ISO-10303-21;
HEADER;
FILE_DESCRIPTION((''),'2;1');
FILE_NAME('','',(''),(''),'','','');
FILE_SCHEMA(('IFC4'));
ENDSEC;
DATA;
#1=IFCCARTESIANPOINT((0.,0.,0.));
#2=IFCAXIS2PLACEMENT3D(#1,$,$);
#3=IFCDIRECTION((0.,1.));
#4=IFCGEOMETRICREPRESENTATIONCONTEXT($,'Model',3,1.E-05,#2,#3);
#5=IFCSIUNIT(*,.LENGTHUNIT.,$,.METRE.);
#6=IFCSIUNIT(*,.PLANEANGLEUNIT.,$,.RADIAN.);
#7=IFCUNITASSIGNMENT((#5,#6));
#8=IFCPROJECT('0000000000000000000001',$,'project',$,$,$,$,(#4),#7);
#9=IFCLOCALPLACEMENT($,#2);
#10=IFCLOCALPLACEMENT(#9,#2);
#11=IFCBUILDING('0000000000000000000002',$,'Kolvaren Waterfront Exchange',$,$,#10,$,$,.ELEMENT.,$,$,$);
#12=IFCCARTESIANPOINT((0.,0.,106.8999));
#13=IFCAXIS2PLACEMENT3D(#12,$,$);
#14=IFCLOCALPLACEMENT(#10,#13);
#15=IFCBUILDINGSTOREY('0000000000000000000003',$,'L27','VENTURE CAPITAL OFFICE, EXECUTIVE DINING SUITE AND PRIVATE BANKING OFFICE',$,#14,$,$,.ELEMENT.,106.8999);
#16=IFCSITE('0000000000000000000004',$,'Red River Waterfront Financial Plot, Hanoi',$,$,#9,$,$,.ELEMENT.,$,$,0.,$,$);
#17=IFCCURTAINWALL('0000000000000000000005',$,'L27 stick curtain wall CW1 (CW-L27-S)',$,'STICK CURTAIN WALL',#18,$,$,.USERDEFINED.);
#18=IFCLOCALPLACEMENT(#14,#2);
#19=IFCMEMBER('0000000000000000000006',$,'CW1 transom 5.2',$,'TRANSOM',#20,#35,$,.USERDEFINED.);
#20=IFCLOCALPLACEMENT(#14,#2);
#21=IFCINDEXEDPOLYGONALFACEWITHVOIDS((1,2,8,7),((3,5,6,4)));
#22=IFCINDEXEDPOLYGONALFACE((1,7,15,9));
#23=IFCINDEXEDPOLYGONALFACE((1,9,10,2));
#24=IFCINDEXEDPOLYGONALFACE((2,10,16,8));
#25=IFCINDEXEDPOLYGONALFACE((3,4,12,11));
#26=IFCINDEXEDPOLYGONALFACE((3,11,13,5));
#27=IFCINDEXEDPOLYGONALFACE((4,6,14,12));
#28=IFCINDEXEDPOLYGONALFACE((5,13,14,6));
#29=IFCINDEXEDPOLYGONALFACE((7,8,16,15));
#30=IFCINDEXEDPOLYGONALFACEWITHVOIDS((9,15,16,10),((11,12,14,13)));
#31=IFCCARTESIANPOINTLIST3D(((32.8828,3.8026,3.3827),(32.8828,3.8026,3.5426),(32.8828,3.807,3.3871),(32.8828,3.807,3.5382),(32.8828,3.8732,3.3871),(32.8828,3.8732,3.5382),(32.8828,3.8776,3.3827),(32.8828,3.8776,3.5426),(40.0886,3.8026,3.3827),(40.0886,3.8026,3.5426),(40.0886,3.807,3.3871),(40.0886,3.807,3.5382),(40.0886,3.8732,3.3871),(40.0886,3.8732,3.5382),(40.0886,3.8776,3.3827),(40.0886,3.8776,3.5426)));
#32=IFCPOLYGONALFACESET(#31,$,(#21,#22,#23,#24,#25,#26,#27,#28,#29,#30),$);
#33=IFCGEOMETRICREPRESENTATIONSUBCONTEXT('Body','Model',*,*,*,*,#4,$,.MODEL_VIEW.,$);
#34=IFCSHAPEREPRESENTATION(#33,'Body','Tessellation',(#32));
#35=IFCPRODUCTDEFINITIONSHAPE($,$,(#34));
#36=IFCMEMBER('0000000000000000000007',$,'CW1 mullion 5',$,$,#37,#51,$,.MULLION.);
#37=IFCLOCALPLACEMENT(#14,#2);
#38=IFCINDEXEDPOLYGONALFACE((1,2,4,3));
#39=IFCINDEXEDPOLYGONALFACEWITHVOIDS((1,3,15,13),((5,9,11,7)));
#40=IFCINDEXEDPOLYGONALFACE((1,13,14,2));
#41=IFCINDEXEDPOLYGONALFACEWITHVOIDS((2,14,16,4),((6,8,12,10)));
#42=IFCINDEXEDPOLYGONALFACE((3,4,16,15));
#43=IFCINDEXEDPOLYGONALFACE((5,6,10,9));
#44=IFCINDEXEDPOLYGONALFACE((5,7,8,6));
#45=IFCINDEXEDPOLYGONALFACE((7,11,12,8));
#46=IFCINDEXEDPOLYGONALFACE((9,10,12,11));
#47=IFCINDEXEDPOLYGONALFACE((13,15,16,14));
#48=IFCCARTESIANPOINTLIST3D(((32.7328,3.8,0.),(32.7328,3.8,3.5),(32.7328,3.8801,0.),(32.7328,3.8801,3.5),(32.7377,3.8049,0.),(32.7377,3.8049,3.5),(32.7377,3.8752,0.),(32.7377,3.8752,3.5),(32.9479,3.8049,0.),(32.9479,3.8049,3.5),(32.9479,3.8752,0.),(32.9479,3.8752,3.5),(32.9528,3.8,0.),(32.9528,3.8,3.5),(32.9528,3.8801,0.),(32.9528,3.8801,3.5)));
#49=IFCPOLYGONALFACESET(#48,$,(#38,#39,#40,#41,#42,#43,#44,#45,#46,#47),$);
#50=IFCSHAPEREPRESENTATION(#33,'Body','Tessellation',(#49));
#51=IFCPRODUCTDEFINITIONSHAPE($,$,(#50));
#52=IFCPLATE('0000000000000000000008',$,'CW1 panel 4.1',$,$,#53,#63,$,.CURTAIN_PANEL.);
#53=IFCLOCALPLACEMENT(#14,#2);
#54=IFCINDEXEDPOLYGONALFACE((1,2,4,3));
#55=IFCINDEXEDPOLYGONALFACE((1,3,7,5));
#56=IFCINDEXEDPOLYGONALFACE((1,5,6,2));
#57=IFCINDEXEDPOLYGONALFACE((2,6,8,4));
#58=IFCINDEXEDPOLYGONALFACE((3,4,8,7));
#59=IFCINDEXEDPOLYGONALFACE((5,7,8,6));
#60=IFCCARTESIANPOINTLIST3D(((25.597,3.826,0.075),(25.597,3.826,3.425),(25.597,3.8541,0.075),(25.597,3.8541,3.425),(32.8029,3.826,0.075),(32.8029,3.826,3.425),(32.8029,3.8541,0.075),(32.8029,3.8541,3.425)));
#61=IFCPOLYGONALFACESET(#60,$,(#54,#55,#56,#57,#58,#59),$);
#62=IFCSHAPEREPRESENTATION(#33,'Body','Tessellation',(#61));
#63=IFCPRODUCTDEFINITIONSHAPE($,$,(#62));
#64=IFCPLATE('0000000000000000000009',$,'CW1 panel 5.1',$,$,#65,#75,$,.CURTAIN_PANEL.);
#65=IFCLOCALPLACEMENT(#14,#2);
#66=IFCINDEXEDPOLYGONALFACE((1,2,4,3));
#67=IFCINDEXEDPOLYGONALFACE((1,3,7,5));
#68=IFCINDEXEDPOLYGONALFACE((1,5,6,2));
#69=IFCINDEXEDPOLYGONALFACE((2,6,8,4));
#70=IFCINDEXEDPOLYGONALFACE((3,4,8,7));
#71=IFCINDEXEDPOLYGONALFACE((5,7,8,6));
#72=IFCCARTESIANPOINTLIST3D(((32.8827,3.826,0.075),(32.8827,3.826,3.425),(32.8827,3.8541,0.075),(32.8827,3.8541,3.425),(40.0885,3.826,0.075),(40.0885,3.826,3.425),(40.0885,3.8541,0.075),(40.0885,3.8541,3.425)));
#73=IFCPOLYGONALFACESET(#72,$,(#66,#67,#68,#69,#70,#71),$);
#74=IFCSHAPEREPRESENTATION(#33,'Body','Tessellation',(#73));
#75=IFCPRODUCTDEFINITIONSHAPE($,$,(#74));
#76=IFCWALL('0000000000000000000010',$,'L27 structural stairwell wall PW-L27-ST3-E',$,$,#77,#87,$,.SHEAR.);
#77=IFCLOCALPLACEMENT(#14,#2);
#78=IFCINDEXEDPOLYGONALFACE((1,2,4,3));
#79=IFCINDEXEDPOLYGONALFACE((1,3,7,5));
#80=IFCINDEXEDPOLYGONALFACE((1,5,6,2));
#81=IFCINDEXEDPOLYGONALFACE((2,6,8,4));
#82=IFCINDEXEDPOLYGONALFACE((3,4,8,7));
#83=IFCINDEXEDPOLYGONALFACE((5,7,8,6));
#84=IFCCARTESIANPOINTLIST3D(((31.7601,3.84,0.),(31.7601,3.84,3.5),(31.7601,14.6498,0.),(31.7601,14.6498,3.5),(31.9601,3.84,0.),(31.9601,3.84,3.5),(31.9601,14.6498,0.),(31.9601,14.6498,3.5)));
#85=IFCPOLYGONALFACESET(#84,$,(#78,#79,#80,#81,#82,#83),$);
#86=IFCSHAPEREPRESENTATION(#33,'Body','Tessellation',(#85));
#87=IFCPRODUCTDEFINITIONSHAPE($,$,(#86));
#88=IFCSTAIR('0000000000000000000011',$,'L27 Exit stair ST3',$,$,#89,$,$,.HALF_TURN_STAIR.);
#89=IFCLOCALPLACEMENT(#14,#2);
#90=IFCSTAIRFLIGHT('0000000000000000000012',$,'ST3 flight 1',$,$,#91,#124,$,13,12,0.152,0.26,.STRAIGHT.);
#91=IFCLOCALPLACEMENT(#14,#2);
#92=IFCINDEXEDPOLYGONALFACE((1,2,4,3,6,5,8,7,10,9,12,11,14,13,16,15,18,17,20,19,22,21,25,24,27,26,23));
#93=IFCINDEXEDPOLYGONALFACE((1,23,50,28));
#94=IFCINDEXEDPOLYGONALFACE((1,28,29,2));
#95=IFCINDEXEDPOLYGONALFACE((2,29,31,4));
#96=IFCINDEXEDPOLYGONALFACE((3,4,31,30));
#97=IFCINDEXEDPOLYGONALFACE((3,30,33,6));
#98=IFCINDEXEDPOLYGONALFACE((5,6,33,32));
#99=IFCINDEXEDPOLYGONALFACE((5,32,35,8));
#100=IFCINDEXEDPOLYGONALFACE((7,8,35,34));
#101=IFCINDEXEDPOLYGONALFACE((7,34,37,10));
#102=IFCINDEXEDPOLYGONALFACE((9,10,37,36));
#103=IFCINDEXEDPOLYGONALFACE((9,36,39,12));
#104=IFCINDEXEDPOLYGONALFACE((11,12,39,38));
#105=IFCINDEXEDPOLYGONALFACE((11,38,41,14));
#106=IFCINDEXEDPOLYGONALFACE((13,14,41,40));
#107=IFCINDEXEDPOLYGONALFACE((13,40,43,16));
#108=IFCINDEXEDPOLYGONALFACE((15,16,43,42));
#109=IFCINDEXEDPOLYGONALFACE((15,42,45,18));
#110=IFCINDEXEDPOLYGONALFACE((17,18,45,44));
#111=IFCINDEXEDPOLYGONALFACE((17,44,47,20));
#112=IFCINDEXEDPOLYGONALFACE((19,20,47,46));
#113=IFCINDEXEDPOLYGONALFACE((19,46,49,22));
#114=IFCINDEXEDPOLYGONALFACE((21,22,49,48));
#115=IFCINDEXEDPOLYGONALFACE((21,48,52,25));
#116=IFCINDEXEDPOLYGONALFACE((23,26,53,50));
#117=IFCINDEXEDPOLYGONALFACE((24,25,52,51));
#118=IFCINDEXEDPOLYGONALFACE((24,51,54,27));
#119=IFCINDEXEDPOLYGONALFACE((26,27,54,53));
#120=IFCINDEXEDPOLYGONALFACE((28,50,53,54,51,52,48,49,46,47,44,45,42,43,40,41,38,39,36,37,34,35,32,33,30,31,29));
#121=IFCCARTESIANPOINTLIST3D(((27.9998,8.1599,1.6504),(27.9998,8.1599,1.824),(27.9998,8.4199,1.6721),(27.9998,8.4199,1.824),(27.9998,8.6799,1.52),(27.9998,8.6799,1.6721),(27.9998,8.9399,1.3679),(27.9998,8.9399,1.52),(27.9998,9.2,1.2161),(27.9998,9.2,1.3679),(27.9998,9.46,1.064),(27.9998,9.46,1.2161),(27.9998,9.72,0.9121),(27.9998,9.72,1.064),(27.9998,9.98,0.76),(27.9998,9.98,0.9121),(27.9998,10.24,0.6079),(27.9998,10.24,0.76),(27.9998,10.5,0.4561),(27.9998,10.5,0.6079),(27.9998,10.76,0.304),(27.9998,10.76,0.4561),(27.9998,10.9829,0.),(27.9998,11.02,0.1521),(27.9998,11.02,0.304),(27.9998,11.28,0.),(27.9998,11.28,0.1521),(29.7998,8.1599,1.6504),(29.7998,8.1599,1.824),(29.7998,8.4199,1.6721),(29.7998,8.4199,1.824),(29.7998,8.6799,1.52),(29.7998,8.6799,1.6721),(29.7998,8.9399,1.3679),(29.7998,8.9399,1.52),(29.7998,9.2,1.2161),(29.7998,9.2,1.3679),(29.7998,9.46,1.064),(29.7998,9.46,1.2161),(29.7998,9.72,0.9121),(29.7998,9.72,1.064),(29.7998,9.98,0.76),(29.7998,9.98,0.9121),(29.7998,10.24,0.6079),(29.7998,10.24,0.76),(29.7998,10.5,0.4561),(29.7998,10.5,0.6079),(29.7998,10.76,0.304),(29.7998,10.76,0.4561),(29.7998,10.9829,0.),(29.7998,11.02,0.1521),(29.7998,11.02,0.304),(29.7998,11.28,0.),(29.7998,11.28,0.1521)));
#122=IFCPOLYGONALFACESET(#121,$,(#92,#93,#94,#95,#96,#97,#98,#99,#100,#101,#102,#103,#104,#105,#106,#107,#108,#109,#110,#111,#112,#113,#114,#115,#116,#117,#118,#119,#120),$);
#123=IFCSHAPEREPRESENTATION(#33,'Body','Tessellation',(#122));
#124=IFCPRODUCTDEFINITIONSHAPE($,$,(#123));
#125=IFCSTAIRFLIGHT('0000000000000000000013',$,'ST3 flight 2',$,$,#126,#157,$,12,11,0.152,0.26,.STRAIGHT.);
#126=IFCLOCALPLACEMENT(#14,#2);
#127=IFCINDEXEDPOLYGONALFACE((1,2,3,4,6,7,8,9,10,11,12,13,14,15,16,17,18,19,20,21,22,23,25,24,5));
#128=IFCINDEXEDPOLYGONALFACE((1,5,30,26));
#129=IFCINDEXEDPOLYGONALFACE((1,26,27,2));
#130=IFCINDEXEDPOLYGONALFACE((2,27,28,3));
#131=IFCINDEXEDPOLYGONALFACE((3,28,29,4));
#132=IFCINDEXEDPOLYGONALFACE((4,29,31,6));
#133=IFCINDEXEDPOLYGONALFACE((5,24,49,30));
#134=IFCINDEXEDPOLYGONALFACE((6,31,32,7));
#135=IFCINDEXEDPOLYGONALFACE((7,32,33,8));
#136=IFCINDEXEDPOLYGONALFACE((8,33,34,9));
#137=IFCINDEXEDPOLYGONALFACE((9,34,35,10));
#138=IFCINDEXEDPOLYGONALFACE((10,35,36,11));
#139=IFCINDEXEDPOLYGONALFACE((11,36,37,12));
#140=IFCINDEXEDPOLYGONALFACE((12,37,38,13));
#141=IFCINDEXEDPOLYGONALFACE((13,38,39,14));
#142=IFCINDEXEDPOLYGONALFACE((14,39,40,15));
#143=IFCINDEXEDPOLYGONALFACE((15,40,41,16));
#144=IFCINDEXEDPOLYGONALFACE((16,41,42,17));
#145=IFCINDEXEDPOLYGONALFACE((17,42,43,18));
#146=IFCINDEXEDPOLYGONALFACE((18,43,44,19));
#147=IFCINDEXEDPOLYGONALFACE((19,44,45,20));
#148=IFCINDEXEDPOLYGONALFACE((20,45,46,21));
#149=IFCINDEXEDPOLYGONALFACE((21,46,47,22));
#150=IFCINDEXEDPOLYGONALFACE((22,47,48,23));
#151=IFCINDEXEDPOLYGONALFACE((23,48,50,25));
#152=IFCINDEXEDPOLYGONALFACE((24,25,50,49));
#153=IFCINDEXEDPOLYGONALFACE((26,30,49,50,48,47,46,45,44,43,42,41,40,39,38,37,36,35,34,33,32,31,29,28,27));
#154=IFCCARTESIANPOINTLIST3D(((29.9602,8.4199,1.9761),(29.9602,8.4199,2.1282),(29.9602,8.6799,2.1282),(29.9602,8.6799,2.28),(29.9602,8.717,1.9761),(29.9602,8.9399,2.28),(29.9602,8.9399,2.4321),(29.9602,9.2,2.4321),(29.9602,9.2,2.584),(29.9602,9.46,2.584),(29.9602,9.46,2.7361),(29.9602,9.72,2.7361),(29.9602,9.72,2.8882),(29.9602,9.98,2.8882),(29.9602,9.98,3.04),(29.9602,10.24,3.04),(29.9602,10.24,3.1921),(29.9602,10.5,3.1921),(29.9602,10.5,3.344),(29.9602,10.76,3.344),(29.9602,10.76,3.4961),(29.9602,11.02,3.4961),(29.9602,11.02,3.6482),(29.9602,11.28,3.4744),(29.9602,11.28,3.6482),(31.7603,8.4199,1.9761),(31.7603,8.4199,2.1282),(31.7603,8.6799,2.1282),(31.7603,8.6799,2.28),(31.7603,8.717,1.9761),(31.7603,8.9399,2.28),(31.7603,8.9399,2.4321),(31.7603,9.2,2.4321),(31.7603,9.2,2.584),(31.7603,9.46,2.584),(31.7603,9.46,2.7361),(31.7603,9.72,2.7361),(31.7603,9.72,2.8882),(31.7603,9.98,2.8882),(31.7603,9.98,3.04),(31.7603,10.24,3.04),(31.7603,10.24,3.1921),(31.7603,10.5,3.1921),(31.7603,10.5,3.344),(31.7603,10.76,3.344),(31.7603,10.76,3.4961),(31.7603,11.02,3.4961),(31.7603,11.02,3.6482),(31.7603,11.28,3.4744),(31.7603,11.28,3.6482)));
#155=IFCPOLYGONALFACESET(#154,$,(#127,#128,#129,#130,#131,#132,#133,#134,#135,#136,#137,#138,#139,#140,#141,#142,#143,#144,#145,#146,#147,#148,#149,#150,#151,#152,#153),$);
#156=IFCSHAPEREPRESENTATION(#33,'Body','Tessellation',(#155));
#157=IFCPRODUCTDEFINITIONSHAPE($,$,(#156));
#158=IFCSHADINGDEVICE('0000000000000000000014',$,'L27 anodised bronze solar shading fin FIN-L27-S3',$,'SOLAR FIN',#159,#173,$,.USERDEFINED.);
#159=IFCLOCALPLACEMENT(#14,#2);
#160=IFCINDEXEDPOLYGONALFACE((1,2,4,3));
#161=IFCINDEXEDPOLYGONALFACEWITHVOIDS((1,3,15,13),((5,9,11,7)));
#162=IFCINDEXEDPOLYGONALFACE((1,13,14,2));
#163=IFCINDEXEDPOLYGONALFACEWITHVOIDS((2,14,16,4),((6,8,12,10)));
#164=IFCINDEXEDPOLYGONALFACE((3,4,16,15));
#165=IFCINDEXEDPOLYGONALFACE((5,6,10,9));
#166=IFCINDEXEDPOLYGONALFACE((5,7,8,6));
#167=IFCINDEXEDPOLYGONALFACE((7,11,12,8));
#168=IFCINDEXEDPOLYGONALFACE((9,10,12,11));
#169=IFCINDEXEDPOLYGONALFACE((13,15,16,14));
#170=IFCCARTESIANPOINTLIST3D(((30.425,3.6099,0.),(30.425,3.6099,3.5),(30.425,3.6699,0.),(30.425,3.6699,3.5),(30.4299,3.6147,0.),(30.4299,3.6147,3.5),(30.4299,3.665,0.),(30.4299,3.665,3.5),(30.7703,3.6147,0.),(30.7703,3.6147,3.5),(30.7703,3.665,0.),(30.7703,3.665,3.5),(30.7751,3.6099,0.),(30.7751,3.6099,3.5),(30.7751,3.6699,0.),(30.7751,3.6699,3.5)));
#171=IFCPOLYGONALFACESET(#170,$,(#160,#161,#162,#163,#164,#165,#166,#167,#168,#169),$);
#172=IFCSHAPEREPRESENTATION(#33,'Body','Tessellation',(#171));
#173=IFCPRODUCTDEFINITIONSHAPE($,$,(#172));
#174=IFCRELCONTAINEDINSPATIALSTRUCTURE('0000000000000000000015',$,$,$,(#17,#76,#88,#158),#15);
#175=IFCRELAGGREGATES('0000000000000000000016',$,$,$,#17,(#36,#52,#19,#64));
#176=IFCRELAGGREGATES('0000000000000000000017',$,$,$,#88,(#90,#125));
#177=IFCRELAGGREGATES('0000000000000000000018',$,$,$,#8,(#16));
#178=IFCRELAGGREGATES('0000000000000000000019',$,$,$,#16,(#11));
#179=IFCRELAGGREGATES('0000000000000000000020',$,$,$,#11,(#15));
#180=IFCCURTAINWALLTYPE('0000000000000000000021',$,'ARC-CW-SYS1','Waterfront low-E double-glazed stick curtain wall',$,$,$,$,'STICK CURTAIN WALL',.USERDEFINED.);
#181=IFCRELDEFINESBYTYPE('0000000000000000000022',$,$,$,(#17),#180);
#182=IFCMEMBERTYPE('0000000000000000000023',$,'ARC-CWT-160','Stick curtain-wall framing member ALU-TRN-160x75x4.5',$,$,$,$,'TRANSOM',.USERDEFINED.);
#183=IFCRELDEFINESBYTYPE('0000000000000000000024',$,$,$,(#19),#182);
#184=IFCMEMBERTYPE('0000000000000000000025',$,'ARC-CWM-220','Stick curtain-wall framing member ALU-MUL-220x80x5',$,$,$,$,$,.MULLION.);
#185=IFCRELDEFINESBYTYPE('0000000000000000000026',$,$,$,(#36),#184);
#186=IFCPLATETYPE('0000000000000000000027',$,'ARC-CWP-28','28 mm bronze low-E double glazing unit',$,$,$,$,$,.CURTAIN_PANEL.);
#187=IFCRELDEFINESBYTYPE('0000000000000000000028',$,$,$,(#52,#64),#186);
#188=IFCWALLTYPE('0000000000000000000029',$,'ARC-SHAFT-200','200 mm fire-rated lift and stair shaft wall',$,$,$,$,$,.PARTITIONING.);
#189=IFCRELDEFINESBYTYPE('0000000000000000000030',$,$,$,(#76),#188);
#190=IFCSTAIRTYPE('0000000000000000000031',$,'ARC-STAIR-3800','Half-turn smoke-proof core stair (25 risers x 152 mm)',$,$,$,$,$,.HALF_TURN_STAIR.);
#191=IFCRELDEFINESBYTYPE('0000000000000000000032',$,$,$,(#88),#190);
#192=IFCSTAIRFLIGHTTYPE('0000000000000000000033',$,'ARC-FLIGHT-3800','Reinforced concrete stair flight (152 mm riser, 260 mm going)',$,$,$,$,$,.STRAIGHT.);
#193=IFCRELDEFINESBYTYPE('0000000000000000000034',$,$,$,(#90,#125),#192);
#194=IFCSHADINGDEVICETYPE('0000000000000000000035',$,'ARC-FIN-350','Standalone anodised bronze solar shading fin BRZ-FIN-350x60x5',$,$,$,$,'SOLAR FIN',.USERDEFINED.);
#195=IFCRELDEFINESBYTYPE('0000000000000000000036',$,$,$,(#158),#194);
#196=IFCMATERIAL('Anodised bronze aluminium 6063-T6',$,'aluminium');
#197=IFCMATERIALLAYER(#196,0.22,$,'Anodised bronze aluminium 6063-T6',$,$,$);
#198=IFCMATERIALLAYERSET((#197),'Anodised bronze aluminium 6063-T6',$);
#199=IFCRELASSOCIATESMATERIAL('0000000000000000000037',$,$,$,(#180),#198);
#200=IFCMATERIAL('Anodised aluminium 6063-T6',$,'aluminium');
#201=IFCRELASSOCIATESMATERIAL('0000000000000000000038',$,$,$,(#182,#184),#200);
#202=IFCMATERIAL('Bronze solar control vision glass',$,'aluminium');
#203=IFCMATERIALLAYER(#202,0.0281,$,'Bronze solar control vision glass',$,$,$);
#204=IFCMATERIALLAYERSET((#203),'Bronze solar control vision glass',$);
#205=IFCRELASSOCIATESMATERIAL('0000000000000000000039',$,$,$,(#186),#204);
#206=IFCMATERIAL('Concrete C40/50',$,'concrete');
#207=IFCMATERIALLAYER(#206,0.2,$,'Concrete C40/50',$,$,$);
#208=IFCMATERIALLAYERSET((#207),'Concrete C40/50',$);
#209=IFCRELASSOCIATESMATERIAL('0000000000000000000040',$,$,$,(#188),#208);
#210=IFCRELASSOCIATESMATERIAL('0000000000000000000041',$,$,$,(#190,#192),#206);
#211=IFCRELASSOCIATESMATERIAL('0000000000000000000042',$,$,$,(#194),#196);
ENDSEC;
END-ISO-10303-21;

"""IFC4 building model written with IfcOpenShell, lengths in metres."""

from ifc_helpers import new_model, si_unit, direction, frame, frame_2d, origin, origin_with_axes, origin_2d, place, context, subcontext, project, spatial, polyline, rectangle, hollow_rectangle, outline, extrude, source, transform, mapped, material, layer, layer_set, material_profile, profile_set, type_object, element, aggregate, save


model = new_model("IFC4")

# Units and contexts
model_context = context("Model", 3, precision=1e-05, world=origin(), true_north=direction((0.0, 1.0)))
body_context = subcontext(model_context, "Body", "Model", "MODEL_VIEW")
ifc_project = project(units=[si_unit("LENGTHUNIT", "METRE"), si_unit("PLANEANGLEUNIT", "RADIAN")], contexts=[model_context])

# Site, building, storey
site_placement = place(None, origin())
site = spatial("IfcSite", under=ifc_project, at=site_placement, Name="Red River Waterfront Financial Plot, Hanoi", CompositionType="ELEMENT", RefElevation=0.0)
building_placement = place(site_placement, origin())
building = spatial("IfcBuilding", under=site, at=building_placement, Name="Kolvaren Waterfront Exchange", CompositionType="ELEMENT")
storey_placement = place(building_placement, frame((0.0, 0.0, 106.8999)))
storey = spatial("IfcBuildingStorey", under=building, at=storey_placement, Name="L27", Description="VENTURE CAPITAL OFFICE, EXECUTIVE DINING SUITE AND PRIVATE BANKING OFFICE", CompositionType="ELEMENT", Elevation=106.8999)

# Curtain wall, members, plates
ifc_material_1 = material(Name="Anodised bronze aluminium 6063-T6", Category="aluminium")
ifc_layer_1 = layer(ifc_material_1, 0.22, Name="Anodised bronze aluminium 6063-T6")
ifc_layer_set_1 = layer_set([ifc_layer_1], Name="Anodised bronze aluminium 6063-T6")
curtain_wall_type = type_object("IfcCurtainWallType", Name="ARC-CW-SYS1", Description="Waterfront low-E double-glazed stick curtain wall", ElementType="STICK CURTAIN WALL", PredefinedType="USERDEFINED", material=ifc_layer_set_1)
curtain_wall_placement = place(storey_placement, origin())
curtain_wall = element("IfcCurtainWall", 1, at=curtain_wall_placement, inside=storey, type_object=curtain_wall_type, Name="L27 stick curtain wall CW1 (CW-L27-S)", ObjectType="STICK CURTAIN WALL", PredefinedType="USERDEFINED")
ifc_material_2 = material(Name="Anodised aluminium 6063-T6", Category="aluminium")
ifc_material_profile_1 = material_profile(ifc_material_2, hollow_rectangle(XDim=0.075, YDim=0.1599, WallThickness=0.0044, at=origin_2d()), Name="ALU-TRN-160x75x4.5")
ifc_profile_set_1 = profile_set([ifc_material_profile_1], Name="Anodised aluminium 6063-T6")
member_type_1 = type_object("IfcMemberType", Name="ARC-CWT-160", Description="Stick curtain-wall framing member ALU-TRN-160x75x4.5", ElementType="TRANSOM", PredefinedType="USERDEFINED", material=ifc_profile_set_1)
shared_shape_1 = source(origin_with_axes(), body_context, "Body", "SweptSolid", [
    extrude(hollow_rectangle(XDim=0.075, YDim=0.1599, WallThickness=0.0044, at=origin_2d()), origin(), (0.0, 0.0, 1.0), 7.2058),
])
member_1_placement = place(storey_placement, frame((32.8828, 3.8401, 3.4626), z_axis=(1.0, 0.0, 0.0), x_axis=(0.0, 1.0, 0.0)))
member_1 = element("IfcMember", 2, at=member_1_placement, type_object=member_type_1, Name="CW1 transom 5.2", ObjectType="TRANSOM", PredefinedType="USERDEFINED", context=body_context, shape_type="MappedRepresentation", body=[
    mapped(shared_shape_1, transform((0.0, 0.0, 0.0), x_axis=(1.0, 0.0, 0.0), y_axis=(0.0, 1.0, 0.0), z_axis=(0.0, 0.0, 1.0), scale=1.0)),
])
ifc_material_profile_2 = material_profile(ifc_material_2, hollow_rectangle(XDim=0.0801, YDim=0.22, WallThickness=0.0049, at=origin_2d()), Name="ALU-MUL-220x80x5")
ifc_profile_set_2 = profile_set([ifc_material_profile_2], Name="Anodised aluminium 6063-T6")
member_type_2 = type_object("IfcMemberType", Name="ARC-CWM-220", Description="Stick curtain-wall framing member ALU-MUL-220x80x5", PredefinedType="MULLION", material=ifc_profile_set_2)
shared_shape_2 = source(origin_with_axes(), body_context, "Body", "SweptSolid", [
    extrude(hollow_rectangle(XDim=0.0801, YDim=0.22, WallThickness=0.0049, at=origin_2d()), origin(), (0.0, 0.0, 1.0), 3.5),
])
member_2_placement = place(storey_placement, frame((32.8428, 3.8401, 0.0), z_axis=(0.0, 0.0, 1.0), x_axis=(0.0, 1.0, 0.0)))
member_2 = element("IfcMember", 3, at=member_2_placement, type_object=member_type_2, Name="CW1 mullion 5", PredefinedType="MULLION", context=body_context, shape_type="MappedRepresentation", body=[
    mapped(shared_shape_2, transform((0.0, 0.0, 0.0), x_axis=(1.0, 0.0, 0.0), y_axis=(0.0, 1.0, 0.0), z_axis=(0.0, 0.0, 1.0), scale=1.0)),
])
ifc_material_3 = material(Name="Bronze solar control vision glass", Category="aluminium")
ifc_layer_2 = layer(ifc_material_3, 0.0281, Name="Bronze solar control vision glass")
ifc_layer_set_2 = layer_set([ifc_layer_2], Name="Bronze solar control vision glass")
plate_type = type_object("IfcPlateType", Name="ARC-CWP-28", Description="28 mm bronze low-E double glazing unit", PredefinedType="CURTAIN_PANEL", material=ifc_layer_set_2)
shared_shape_3 = source(origin_with_axes(), body_context, "Body", "SweptSolid", [
    extrude(rectangle(XDim=7.2058, YDim=0.0281, at=origin_2d()), origin(), (0.0, 0.0, 1.0), 3.3501),
])
plate_1_placement = place(storey_placement, frame((29.2, 3.8401, 0.075), z_axis=(0.0, 0.0, 1.0), x_axis=(1.0, 0.0, 0.0)))
plate_1 = element("IfcPlate", 4, at=plate_1_placement, type_object=plate_type, Name="CW1 panel 4.1", PredefinedType="CURTAIN_PANEL", context=body_context, shape_type="MappedRepresentation", body=[
    mapped(shared_shape_3, transform((0.0, 0.0, 0.0), x_axis=(1.0, 0.0, 0.0), y_axis=(0.0, 1.0, 0.0), z_axis=(0.0, 0.0, 1.0), scale=1.0)),
])
plate_2_placement = place(storey_placement, frame((36.4856, 3.8401, 0.075), z_axis=(0.0, 0.0, 1.0), x_axis=(1.0, 0.0, 0.0)))
plate_2 = element("IfcPlate", 5, at=plate_2_placement, type_object=plate_type, Name="CW1 panel 5.1", PredefinedType="CURTAIN_PANEL", context=body_context, shape_type="MappedRepresentation", body=[
    mapped(shared_shape_3, transform((0.0, 0.0, 0.0), x_axis=(1.0, 0.0, 0.0), y_axis=(0.0, 1.0, 0.0), z_axis=(0.0, 0.0, 1.0), scale=1.0)),
])
aggregate(curtain_wall, [member_2, plate_1, member_1, plate_2])

# Wall
ifc_material_4 = material(Name="Concrete C40/50", Category="concrete")
ifc_layer_3 = layer(ifc_material_4, 0.2, Name="Concrete C40/50")
ifc_layer_set_3 = layer_set([ifc_layer_3], Name="Concrete C40/50")
wall_type = type_object("IfcWallType", Name="ARC-SHAFT-200", Description="200 mm fire-rated lift and stair shaft wall", PredefinedType="PARTITIONING", material=ifc_layer_set_3)
wall_placement = place(storey_placement, frame((31.8601, 3.8401, 0.0), z_axis=(0.0, 0.0, 1.0), x_axis=(0.0, 1.0, 0.0)))
element("IfcWall", 6, at=wall_placement, inside=storey, type_object=wall_type, Name="L27 structural stairwell wall PW-L27-ST3-E", PredefinedType="SHEAR", context=body_context, shape_type="SweptSolid", body=[
    extrude(rectangle(XDim=10.8098, YDim=0.2, at=frame_2d((5.4048, 0.0))), origin(), (0.0, 0.0, 1.0), 3.5),
])

# Stair, stair flights
stair_type = type_object("IfcStairType", Name="ARC-STAIR-3800", Description="Half-turn smoke-proof core stair (25 risers x 152 mm)", PredefinedType="HALF_TURN_STAIR", material=ifc_material_4)
stair_placement = place(storey_placement, origin())
stair = element("IfcStair", 7, at=stair_placement, inside=storey, type_object=stair_type, Name="L27 Exit stair ST3", PredefinedType="HALF_TURN_STAIR")
stair_flight_type = type_object("IfcStairFlightType", Name="ARC-FLIGHT-3800", Description="Reinforced concrete stair flight (152 mm riser, 260 mm going)", PredefinedType="STRAIGHT", material=ifc_material_4)
stair_flight_1_placement = place(storey_placement, frame((28.8999, 11.28, 0.0), z_axis=(0.0, 0.0, 1.0), x_axis=(0.0, -1.0, 0.0)))
stair_flight_1 = element("IfcStairFlight", 8, at=stair_flight_1_placement, type_object=stair_flight_type, Name="ST3 flight 1", NumberOfRisers=13, NumberOfTreads=12, PredefinedType="STRAIGHT", RiserHeight=0.152, TreadLength=0.26, context=body_context, shape_type="SweptSolid", body=[
    extrude(outline(polyline([(0.0, 0.0), (0.0, 0.1521), (0.26, 0.1521), (0.26, 0.304), (0.52, 0.304), (0.52, 0.4561), (0.78, 0.4561), (0.78, 0.6079), (1.04, 0.6079), (1.04, 0.76), (1.3, 0.76), (1.3, 0.9121), (1.5601, 0.9121), (1.5601, 1.064), (1.8201, 1.064), (1.8201, 1.2161), (2.0801, 1.2161), (2.0801, 1.3679), (2.3401, 1.3679), (2.3401, 1.52), (2.6001, 1.52), (2.6001, 1.6721), (2.8601, 1.6721), (2.8601, 1.824), (3.1201, 1.824), (3.1201, 1.9761), (3.1201, 1.6504), (0.2971, 0.0), (0.0, 0.0)])), frame((0.0, 0.8999, 0.0), z_axis=(0.0, -1.0, 0.0), x_axis=(1.0, 0.0, 0.0)), (0.0, 0.0, 1.0), 1.8),
])
stair_flight_2_placement = place(storey_placement, frame((30.8601, 8.4199, 1.9761), z_axis=(0.0, 0.0, 1.0), x_axis=(0.0, 1.0, 0.0)))
stair_flight_2 = element("IfcStairFlight", 9, at=stair_flight_2_placement, type_object=stair_flight_type, Name="ST3 flight 2", NumberOfRisers=12, NumberOfTreads=11, PredefinedType="STRAIGHT", RiserHeight=0.152, TreadLength=0.26, context=body_context, shape_type="SweptSolid", body=[
    extrude(outline(polyline([(0.0, 0.0), (0.0, 0.1521), (0.26, 0.1521), (0.26, 0.304), (0.52, 0.304), (0.52, 0.4561), (0.78, 0.4561), (0.78, 0.6079), (1.04, 0.6079), (1.04, 0.76), (1.3, 0.76), (1.3, 0.9121), (1.5601, 0.9121), (1.5601, 1.064), (1.8201, 1.064), (1.8201, 1.2161), (2.0801, 1.2161), (2.0801, 1.3679), (2.3401, 1.3679), (2.3401, 1.52), (2.6001, 1.52), (2.6001, 1.6721), (2.8601, 1.6721), (2.8601, 1.824), (2.8601, 1.4983), (0.2971, 0.0), (0.0, 0.0)])), frame((0.0, 0.8999, 0.0), z_axis=(0.0, -1.0, 0.0), x_axis=(1.0, 0.0, 0.0)), (0.0, 0.0, 1.0), 1.8),
])
aggregate(stair, [stair_flight_1, stair_flight_2])

# Shading device
ifc_material_profile_3 = material_profile(ifc_material_1, hollow_rectangle(XDim=0.0601, YDim=0.3501, WallThickness=0.0049, at=origin_2d()), Name="BRZ-FIN-350x60x5")
ifc_profile_set_3 = profile_set([ifc_material_profile_3], Name="Anodised bronze aluminium 6063-T6")
shading_device_type = type_object("IfcShadingDeviceType", Name="ARC-FIN-350", Description="Standalone anodised bronze solar shading fin BRZ-FIN-350x60x5", ElementType="SOLAR FIN", PredefinedType="USERDEFINED", material=ifc_profile_set_3)
shading_device_placement = place(storey_placement, frame((30.6001, 3.6399, 0.0), z_axis=(0.0, 0.0, 1.0), x_axis=(0.0, -1.0, 0.0)))
element("IfcShadingDevice", 10, at=shading_device_placement, inside=storey, type_object=shading_device_type, Name="L27 anodised bronze solar shading fin FIN-L27-S3", ObjectType="SOLAR FIN", PredefinedType="USERDEFINED", context=body_context, shape_type="SweptSolid", body=[
    extrude(hollow_rectangle(XDim=0.0601, YDim=0.3501, WallThickness=0.0049, at=origin_2d()), origin(), (0.0, 0.0, 1.0), 3.5),
])

save(model, "model.ifc")
